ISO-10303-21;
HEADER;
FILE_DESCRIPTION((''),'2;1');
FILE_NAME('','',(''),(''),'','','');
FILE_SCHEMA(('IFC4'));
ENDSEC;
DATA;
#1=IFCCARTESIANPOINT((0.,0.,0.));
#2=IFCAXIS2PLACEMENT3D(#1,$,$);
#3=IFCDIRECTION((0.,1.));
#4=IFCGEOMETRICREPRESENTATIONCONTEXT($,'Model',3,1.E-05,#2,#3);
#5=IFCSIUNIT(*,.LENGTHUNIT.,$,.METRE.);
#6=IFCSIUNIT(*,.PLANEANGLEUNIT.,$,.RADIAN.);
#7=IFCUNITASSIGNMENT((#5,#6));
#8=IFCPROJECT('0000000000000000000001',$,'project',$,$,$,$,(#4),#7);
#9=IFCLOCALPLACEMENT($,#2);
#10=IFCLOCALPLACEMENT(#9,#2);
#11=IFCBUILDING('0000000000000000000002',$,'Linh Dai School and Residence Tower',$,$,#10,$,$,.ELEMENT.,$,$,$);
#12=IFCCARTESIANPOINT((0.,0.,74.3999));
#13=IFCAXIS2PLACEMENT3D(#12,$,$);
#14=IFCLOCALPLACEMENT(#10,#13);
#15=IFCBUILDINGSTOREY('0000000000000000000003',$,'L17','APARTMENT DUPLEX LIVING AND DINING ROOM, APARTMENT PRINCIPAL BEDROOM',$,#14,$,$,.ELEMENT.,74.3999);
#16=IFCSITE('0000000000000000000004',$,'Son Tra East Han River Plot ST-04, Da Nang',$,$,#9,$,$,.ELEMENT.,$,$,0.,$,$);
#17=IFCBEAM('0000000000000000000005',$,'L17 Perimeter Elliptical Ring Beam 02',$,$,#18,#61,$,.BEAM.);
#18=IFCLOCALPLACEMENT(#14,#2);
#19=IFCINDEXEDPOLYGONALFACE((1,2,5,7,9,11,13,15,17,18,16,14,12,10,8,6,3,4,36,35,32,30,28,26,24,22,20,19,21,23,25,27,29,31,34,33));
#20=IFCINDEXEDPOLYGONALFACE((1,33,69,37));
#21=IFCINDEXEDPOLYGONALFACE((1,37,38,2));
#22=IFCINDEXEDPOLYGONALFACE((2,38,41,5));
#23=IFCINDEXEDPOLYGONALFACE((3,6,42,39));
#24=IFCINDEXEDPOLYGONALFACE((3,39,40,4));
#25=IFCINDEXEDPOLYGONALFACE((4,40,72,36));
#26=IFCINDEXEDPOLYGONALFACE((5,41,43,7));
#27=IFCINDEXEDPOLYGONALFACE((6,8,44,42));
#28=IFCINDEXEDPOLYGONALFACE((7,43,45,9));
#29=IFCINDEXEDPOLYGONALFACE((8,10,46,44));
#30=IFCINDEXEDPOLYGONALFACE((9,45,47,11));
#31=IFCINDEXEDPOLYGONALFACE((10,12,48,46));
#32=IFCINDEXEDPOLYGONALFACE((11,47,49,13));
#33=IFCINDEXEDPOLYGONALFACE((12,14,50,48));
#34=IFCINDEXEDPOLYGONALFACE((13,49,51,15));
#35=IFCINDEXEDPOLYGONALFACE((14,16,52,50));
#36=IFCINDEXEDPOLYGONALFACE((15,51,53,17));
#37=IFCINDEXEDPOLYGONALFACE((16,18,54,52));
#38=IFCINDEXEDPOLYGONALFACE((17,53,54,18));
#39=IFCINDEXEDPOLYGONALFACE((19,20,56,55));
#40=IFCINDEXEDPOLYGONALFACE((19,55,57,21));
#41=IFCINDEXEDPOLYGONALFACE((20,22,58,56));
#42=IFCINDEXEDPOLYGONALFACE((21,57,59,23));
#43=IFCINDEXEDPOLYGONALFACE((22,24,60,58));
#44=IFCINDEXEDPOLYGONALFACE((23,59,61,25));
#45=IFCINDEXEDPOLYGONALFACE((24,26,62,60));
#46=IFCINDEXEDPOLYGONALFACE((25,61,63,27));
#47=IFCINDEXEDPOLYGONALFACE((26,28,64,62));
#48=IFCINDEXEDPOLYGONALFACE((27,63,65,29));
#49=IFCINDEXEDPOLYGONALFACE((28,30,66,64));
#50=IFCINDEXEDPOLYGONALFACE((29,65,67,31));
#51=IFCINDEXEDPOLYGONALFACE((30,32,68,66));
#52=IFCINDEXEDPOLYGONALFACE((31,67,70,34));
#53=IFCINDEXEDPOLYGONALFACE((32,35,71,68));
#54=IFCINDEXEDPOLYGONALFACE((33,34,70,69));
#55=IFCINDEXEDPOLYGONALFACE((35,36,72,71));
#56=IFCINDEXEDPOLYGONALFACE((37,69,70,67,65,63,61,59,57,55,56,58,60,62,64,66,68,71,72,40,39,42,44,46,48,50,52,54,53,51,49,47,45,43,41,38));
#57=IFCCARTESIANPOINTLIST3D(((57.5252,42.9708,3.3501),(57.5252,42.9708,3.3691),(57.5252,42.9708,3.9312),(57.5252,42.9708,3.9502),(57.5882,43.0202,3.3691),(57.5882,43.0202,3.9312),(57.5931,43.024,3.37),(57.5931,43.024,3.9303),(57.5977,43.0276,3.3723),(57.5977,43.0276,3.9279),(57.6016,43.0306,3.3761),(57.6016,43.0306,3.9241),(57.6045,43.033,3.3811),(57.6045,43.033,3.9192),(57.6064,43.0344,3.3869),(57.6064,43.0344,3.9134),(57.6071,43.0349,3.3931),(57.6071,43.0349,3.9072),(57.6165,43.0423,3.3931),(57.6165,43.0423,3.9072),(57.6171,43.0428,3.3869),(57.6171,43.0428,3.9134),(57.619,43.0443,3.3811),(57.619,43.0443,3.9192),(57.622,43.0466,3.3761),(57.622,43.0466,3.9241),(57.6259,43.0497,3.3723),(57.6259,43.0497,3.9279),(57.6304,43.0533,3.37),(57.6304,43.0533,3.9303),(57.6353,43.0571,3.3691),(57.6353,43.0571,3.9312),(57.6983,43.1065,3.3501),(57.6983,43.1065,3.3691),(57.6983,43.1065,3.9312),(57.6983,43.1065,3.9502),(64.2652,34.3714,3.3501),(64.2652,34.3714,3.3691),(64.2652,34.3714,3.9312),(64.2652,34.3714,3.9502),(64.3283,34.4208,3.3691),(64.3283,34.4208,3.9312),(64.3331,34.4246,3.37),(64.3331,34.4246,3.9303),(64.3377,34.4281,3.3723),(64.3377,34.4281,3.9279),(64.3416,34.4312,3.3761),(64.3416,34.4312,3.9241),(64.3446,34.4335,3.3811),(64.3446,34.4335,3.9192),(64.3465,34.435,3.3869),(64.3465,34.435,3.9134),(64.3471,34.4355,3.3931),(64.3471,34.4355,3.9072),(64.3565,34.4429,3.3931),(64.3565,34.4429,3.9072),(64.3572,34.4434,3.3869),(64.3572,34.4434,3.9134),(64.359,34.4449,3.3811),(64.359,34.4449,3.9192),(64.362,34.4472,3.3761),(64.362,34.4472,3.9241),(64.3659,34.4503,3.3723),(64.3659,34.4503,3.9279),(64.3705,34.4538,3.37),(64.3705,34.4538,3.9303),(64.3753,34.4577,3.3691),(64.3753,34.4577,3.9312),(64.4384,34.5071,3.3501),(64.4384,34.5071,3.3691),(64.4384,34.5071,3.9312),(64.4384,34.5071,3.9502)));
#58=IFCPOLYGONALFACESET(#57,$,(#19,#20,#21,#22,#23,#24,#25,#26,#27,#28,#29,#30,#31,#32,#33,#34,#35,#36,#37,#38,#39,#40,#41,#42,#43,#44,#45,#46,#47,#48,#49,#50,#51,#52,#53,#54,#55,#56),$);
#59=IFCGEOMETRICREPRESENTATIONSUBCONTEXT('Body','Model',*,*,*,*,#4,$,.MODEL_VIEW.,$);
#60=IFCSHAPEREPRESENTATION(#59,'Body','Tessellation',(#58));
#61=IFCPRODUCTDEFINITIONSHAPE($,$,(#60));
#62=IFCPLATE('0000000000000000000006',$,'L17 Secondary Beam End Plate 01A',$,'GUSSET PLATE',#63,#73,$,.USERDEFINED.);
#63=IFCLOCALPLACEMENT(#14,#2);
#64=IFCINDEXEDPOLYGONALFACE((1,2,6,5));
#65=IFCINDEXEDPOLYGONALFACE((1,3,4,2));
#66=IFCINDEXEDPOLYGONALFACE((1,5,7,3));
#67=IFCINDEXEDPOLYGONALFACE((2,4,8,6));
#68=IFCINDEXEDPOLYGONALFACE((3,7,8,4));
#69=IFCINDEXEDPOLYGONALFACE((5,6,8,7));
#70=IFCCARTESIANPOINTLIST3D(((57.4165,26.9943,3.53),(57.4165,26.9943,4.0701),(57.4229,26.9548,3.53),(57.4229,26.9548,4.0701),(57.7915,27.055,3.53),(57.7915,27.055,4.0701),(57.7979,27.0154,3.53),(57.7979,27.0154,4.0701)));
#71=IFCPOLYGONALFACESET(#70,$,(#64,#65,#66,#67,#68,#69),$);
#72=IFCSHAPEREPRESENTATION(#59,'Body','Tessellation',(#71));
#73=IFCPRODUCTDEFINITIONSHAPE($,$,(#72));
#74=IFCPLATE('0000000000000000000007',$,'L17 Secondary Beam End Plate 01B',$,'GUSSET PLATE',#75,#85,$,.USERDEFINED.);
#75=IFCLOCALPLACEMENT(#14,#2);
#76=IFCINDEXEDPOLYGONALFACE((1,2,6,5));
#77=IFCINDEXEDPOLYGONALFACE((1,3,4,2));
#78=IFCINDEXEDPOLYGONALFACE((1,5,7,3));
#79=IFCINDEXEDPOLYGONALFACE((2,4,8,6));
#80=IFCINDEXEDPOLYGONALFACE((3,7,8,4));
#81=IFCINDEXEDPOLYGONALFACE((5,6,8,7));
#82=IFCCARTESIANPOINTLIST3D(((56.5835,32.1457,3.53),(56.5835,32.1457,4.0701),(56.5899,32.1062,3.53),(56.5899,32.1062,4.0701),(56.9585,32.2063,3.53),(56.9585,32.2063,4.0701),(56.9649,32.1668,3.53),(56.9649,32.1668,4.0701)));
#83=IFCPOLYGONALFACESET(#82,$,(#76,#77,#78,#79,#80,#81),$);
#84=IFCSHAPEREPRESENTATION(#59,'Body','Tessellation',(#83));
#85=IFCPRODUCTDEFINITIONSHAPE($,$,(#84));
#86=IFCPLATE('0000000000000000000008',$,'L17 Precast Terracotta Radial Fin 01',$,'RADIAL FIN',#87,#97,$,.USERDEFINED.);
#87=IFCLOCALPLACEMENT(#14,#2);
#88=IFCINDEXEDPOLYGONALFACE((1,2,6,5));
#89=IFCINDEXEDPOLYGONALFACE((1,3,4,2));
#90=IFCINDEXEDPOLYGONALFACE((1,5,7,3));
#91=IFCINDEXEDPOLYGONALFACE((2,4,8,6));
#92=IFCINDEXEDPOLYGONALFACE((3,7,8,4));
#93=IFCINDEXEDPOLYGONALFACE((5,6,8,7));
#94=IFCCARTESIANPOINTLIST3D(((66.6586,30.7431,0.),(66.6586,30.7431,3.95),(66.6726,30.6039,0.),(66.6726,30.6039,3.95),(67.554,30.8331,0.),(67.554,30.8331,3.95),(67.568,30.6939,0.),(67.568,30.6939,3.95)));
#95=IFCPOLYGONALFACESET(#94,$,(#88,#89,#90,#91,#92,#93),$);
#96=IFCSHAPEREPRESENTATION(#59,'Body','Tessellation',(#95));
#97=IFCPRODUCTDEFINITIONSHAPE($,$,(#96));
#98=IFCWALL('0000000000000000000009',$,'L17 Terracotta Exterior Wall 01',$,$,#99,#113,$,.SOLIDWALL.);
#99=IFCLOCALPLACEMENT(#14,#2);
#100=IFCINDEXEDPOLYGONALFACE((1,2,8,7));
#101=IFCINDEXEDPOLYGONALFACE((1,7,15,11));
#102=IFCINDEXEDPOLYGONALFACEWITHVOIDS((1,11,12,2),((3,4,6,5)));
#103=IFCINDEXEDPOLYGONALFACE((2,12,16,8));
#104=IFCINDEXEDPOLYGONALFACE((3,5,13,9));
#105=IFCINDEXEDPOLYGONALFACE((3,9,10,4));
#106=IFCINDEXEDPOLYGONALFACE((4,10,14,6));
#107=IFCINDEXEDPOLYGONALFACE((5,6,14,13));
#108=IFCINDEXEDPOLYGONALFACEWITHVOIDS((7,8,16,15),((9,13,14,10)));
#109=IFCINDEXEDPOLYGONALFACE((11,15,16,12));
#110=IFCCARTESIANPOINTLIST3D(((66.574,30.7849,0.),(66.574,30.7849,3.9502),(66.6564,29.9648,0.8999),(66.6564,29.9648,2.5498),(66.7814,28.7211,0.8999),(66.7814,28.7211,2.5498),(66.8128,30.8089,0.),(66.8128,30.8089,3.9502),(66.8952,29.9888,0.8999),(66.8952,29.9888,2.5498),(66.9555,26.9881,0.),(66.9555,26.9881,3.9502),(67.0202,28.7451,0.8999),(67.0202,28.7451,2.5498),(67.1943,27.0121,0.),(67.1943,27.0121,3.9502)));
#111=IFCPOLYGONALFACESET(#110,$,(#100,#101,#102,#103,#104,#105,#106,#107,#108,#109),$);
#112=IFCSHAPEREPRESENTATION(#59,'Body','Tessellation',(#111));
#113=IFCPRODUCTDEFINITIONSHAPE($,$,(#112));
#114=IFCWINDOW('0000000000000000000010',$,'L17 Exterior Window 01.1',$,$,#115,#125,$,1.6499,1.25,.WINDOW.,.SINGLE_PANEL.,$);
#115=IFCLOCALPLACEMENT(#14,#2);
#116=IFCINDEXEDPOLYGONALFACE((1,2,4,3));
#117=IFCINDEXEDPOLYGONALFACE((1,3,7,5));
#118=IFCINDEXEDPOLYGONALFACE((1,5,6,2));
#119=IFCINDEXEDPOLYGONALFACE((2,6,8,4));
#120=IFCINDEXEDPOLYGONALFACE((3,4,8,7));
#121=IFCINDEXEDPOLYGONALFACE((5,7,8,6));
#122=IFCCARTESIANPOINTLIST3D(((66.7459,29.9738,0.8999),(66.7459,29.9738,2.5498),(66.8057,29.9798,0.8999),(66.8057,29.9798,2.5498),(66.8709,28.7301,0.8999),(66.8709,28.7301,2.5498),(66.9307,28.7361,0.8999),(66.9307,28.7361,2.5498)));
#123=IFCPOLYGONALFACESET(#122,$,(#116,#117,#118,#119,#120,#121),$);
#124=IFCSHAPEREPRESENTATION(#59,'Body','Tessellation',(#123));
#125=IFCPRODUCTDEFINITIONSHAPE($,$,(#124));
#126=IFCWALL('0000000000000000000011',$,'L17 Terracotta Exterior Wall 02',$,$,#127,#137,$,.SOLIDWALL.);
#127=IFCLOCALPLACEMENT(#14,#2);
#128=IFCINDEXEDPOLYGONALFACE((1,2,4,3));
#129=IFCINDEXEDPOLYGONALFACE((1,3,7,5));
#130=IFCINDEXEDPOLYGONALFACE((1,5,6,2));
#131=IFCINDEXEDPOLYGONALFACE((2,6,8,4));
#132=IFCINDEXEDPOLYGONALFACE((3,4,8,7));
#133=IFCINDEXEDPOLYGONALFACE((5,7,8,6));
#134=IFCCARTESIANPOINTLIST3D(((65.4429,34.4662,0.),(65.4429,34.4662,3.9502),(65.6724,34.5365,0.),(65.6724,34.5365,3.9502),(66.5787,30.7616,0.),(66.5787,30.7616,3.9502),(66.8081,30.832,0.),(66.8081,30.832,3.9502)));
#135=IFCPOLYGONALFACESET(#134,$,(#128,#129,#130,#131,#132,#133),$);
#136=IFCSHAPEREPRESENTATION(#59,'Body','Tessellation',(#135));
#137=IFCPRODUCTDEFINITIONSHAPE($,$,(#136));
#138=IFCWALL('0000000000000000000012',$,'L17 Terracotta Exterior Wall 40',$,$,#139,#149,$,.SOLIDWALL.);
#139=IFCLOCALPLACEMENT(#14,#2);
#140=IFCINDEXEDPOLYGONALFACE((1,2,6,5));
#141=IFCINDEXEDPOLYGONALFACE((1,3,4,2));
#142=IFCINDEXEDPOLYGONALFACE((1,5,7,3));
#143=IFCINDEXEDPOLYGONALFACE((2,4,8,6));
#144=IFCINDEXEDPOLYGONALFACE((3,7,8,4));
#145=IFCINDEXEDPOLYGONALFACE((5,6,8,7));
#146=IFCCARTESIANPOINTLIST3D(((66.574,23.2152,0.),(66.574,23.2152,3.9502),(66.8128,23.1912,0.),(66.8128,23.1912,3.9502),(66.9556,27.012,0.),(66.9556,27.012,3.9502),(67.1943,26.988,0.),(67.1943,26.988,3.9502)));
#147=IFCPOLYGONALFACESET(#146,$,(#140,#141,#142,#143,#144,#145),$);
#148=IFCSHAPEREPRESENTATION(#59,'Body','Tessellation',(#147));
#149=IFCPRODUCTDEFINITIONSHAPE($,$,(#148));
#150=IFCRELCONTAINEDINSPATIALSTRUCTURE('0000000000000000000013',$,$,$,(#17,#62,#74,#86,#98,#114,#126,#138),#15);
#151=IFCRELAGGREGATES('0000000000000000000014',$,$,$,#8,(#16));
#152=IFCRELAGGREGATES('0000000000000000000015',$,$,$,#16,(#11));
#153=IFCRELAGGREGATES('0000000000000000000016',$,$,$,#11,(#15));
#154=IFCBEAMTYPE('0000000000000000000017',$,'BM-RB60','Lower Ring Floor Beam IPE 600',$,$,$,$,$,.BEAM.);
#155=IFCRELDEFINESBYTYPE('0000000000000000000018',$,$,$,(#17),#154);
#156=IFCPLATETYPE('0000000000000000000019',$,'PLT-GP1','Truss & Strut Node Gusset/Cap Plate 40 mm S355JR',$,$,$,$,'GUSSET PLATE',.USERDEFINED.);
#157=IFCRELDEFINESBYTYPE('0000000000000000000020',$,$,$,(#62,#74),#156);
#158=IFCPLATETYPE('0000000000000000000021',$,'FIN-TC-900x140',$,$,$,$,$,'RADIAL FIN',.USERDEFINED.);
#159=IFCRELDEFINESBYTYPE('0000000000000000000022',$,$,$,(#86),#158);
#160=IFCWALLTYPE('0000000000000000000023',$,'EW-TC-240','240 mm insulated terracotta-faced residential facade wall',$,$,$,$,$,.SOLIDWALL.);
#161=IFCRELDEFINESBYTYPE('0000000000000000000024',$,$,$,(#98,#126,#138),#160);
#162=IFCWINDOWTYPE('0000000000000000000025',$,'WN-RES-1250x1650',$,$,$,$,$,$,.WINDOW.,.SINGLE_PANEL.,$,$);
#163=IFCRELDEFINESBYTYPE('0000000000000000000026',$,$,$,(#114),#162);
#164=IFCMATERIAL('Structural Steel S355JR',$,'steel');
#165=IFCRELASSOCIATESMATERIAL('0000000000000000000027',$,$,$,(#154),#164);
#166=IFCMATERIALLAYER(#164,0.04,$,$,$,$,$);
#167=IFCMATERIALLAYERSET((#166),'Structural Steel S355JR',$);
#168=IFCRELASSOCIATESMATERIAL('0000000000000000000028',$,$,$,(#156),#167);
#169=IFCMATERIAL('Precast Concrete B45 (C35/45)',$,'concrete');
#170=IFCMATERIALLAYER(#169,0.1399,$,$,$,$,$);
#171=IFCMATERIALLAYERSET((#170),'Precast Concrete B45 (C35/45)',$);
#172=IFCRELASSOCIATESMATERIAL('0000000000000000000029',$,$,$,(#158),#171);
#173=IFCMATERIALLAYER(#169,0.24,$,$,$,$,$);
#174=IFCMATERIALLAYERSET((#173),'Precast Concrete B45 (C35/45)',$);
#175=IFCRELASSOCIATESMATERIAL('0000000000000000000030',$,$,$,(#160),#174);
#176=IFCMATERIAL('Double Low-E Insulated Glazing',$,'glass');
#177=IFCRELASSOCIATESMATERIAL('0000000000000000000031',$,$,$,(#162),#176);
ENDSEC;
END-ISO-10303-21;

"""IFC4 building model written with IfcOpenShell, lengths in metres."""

from ifc_helpers import new_model, si_unit, direction, frame, frame_2d, origin, origin_2d, place, context, subcontext, project, spatial, rectangle, i_section, extrude, source, transform, mapped, material, layer, layer_set, material_profile, profile_set, type_object, element, fill, save


model = new_model("IFC4")

# Units and contexts
model_context = context("Model", 3, precision=1e-05, world=origin(), true_north=direction((0.0, 1.0)))
body_context = subcontext(model_context, "Body", "Model", "MODEL_VIEW")
ifc_project = project(units=[si_unit("LENGTHUNIT", "METRE"), si_unit("PLANEANGLEUNIT", "RADIAN")], contexts=[model_context])

# Site, building, storey
site_placement = place(None, origin())
site = spatial("IfcSite", under=ifc_project, at=site_placement, Name="Son Tra East Han River Plot ST-04, Da Nang", CompositionType="ELEMENT", RefElevation=0.0)
building_placement = place(site_placement, origin())
building = spatial("IfcBuilding", under=site, at=building_placement, Name="Linh Dai School and Residence Tower", CompositionType="ELEMENT")
storey_placement = place(building_placement, frame((0.0, 0.0, 74.3999)))
storey = spatial("IfcBuildingStorey", under=building, at=storey_placement, Name="L17", Description="APARTMENT DUPLEX LIVING AND DINING ROOM, APARTMENT PRINCIPAL BEDROOM", CompositionType="ELEMENT", Elevation=74.3999)

# Shared definitions
ifc_material_1 = material(Name="Structural Steel S355JR", Category="steel")

# Beam
ifc_material_profile_1 = material_profile(ifc_material_1, i_section(OverallWidth=0.22, OverallDepth=0.6001, WebThickness=0.012, FlangeThickness=0.019, FilletRadius=0.0239, at=origin_2d()), Name="IPE 600")
ifc_profile_set_1 = profile_set([ifc_material_profile_1], Name="Structural Steel S355JR")
beam_type_1 = type_object("IfcBeamType", Name="BM-RB60", Description="Lower Ring Floor Beam IPE 600", PredefinedType="BEAM", material=ifc_profile_set_1)
beam_1_placement = place(storey_placement, frame((64.3518, 34.4392, 3.6501), z_axis=(-0.616879, 0.787058, 0.0), x_axis=(-0.787058, -0.616879, 0.0)))
element("IfcBeam", 1, at=beam_1_placement, inside=storey, type_object=beam_type_1, Name="L17 Perimeter Elliptical Ring Beam 02", PredefinedType="BEAM", context=body_context, shape_type="SweptSolid", body=[
    extrude(i_section(OverallWidth=0.22, OverallDepth=0.6001, WebThickness=0.012, FlangeThickness=0.019, FilletRadius=0.0239, at=origin_2d()), origin(), (0.0, 0.0, 1.0), 10.926),
])

# Plates
ifc_layer_1 = layer(ifc_material_1, 0.04)
ifc_layer_set_1 = layer_set([ifc_layer_1], Name="Structural Steel S355JR")
plate_type_1 = type_object("IfcPlateType", Name="PLT-GP1", Description="Truss & Strut Node Gusset/Cap Plate 40 mm S355JR", ElementType="GUSSET PLATE", PredefinedType="USERDEFINED", material=ifc_layer_set_1)
shared_shape_1 = source(origin(), body_context, "Body", "SweptSolid", [
    extrude(rectangle(XDim=0.04, YDim=0.3799, at=origin_2d()), origin(), (0.0, 0.0, 1.0), 0.54),
])
for number, where, z_axis, x_axis, name in (
    (2, (57.6072, 27.0049, 3.53), (0.0, 0.0, 1.0), (-0.159659, 0.987172, 0.0), "L17 Secondary Beam End Plate 01A"),
    (3, (56.7742, 32.1562, 3.53), (0.0, 0.0, 1.0), (-0.159659, 0.987172, 0.0), "L17 Secondary Beam End Plate 01B"),
):
    element("IfcPlate", number, at=place(storey_placement, frame(where, z_axis=z_axis, x_axis=x_axis)), inside=storey, type_object=plate_type_1, Name=name, ObjectType="GUSSET PLATE", PredefinedType="USERDEFINED", context=body_context, shape_type="MappedRepresentation", body=[
        mapped(shared_shape_1, transform((0.0, 0.0, 0.0), x_axis=(1.0, 0.0, 0.0), y_axis=(0.0, 1.0, 0.0), z_axis=(0.0, 0.0, 1.0), scale=1.0)),
    ])
ifc_material_2 = material(Name="Precast Concrete B45 (C35/45)", Category="concrete")
ifc_layer_2 = layer(ifc_material_2, 0.1399)
ifc_layer_set_2 = layer_set([ifc_layer_2], Name="Precast Concrete B45 (C35/45)")
plate_type_2 = type_object("IfcPlateType", Name="FIN-TC-900x140", ElementType="RADIAL FIN", PredefinedType="USERDEFINED", material=ifc_layer_set_2)
shared_shape_2 = source(origin(), body_context, "Body", "SweptSolid", [
    extrude(rectangle(XDim=0.8999, YDim=0.1399, at=origin_2d()), origin(), (0.0, 0.0, 1.0), 3.95),
])
plate_placement = place(storey_placement, frame((67.1133, 30.7185, 0.0), z_axis=(0.0, 0.0, 1.0), x_axis=(0.994986, 0.100009, 0.0)))
element("IfcPlate", 4, at=plate_placement, inside=storey, type_object=plate_type_2, Name="L17 Precast Terracotta Radial Fin 01", ObjectType="RADIAL FIN", PredefinedType="USERDEFINED", context=body_context, shape_type="MappedRepresentation", body=[
    mapped(shared_shape_2, transform((0.0, 0.0, 0.0), x_axis=(1.0, 0.0, 0.0), y_axis=(0.0, 1.0, 0.0), z_axis=(0.0, 0.0, 1.0), scale=1.0)),
])

# Wall, opening, window
ifc_layer_3 = layer(ifc_material_2, 0.24)
ifc_layer_set_3 = layer_set([ifc_layer_3], Name="Precast Concrete B45 (C35/45)")
wall_type_1 = type_object("IfcWallType", Name="EW-TC-240", Description="240 mm insulated terracotta-faced residential facade wall", PredefinedType="SOLIDWALL", material=ifc_layer_set_3)
wall_1_placement = place(storey_placement, frame((66.6934, 30.7969, 0.0), z_axis=(0.0, 0.0, 1.0), x_axis=(0.099998, -0.994988, 0.0)))
wall_1 = element("IfcWall", 5, at=wall_1_placement, inside=storey, type_object=wall_type_1, Name="L17 Terracotta Exterior Wall 01", PredefinedType="SOLIDWALL", context=body_context, shape_type="SweptSolid", body=[
    extrude(rectangle(XDim=3.8159, YDim=0.24, at=frame_2d((1.908, 0.0))), origin(), (0.0, 0.0, 1.0), 3.9502),
])
opening_1_placement = place(wall_1_placement, frame((0.8242, 0.0, 0.8999)))
opening_1 = element("IfcOpeningElement", 6, at=opening_1_placement, cuts=wall_1, PredefinedType="OPENING", context=body_context, shape_type="SweptSolid", body=[
    extrude(rectangle(XDim=1.25, YDim=1.6499, at=origin_2d()), frame((0.625, 0.1299, 0.825), z_axis=(0.0, -1.0, 0.0), x_axis=(1.0, 0.0, 0.0)), (0.0, 0.0, 1.0), 0.26),
])
ifc_material_3 = material(Name="Double Low-E Insulated Glazing", Category="glass")
window_type = type_object("IfcWindowType", Name="WN-RES-1250x1650", PartitioningType="SINGLE_PANEL", PredefinedType="WINDOW", material=ifc_material_3)
shared_shape_3 = source(origin(), body_context, "Body", "SweptSolid", [
    extrude(rectangle(XDim=1.25, YDim=1.6499, at=origin_2d()), frame((0.625, 0.03, 0.825), z_axis=(0.0, -1.0, 0.0), x_axis=(1.0, 0.0, 0.0)), (0.0, 0.0, 1.0), 0.0601),
])
window_placement = place(opening_1_placement, origin())
window = element("IfcWindow", 7, at=window_placement, inside=storey, type_object=window_type, Name="L17 Exterior Window 01.1", OverallHeight=1.6499, OverallWidth=1.25, PartitioningType="SINGLE_PANEL", PredefinedType="WINDOW", context=body_context, shape_type="MappedRepresentation", body=[
    mapped(shared_shape_3, transform((0.0, 0.0, 0.0), x_axis=(1.0, 0.0, 0.0), y_axis=(0.0, 1.0, 0.0), z_axis=(0.0, 0.0, 1.0), scale=1.0)),
])
fill(opening_1, window)

# Walls
wall_2_placement = place(storey_placement, frame((65.5576, 34.5015, 0.0), z_axis=(0.0, 0.0, 1.0), x_axis=(0.293112, -0.956078, 0.0)))
element("IfcWall", 8, at=wall_2_placement, inside=storey, type_object=wall_type_1, Name="L17 Terracotta Exterior Wall 02", PredefinedType="SOLIDWALL", context=body_context, shape_type="SweptSolid", body=[
    extrude(rectangle(XDim=3.8748, YDim=0.24, at=frame_2d((1.9375, 0.0))), origin(), (0.0, 0.0, 1.0), 3.9502),
])
wall_3_placement = place(storey_placement, frame((67.075, 27.0, 0.0), z_axis=(0.0, 0.0, 1.0), x_axis=(-0.099998, -0.994988, 0.0)))
element("IfcWall", 9, at=wall_3_placement, inside=storey, type_object=wall_type_1, Name="L17 Terracotta Exterior Wall 40", PredefinedType="SOLIDWALL", context=body_context, shape_type="SweptSolid", body=[
    extrude(rectangle(XDim=3.8159, YDim=0.24, at=frame_2d((1.908, 0.0))), origin(), (0.0, 0.0, 1.0), 3.9502),
])

save(model, "model.ifc")
